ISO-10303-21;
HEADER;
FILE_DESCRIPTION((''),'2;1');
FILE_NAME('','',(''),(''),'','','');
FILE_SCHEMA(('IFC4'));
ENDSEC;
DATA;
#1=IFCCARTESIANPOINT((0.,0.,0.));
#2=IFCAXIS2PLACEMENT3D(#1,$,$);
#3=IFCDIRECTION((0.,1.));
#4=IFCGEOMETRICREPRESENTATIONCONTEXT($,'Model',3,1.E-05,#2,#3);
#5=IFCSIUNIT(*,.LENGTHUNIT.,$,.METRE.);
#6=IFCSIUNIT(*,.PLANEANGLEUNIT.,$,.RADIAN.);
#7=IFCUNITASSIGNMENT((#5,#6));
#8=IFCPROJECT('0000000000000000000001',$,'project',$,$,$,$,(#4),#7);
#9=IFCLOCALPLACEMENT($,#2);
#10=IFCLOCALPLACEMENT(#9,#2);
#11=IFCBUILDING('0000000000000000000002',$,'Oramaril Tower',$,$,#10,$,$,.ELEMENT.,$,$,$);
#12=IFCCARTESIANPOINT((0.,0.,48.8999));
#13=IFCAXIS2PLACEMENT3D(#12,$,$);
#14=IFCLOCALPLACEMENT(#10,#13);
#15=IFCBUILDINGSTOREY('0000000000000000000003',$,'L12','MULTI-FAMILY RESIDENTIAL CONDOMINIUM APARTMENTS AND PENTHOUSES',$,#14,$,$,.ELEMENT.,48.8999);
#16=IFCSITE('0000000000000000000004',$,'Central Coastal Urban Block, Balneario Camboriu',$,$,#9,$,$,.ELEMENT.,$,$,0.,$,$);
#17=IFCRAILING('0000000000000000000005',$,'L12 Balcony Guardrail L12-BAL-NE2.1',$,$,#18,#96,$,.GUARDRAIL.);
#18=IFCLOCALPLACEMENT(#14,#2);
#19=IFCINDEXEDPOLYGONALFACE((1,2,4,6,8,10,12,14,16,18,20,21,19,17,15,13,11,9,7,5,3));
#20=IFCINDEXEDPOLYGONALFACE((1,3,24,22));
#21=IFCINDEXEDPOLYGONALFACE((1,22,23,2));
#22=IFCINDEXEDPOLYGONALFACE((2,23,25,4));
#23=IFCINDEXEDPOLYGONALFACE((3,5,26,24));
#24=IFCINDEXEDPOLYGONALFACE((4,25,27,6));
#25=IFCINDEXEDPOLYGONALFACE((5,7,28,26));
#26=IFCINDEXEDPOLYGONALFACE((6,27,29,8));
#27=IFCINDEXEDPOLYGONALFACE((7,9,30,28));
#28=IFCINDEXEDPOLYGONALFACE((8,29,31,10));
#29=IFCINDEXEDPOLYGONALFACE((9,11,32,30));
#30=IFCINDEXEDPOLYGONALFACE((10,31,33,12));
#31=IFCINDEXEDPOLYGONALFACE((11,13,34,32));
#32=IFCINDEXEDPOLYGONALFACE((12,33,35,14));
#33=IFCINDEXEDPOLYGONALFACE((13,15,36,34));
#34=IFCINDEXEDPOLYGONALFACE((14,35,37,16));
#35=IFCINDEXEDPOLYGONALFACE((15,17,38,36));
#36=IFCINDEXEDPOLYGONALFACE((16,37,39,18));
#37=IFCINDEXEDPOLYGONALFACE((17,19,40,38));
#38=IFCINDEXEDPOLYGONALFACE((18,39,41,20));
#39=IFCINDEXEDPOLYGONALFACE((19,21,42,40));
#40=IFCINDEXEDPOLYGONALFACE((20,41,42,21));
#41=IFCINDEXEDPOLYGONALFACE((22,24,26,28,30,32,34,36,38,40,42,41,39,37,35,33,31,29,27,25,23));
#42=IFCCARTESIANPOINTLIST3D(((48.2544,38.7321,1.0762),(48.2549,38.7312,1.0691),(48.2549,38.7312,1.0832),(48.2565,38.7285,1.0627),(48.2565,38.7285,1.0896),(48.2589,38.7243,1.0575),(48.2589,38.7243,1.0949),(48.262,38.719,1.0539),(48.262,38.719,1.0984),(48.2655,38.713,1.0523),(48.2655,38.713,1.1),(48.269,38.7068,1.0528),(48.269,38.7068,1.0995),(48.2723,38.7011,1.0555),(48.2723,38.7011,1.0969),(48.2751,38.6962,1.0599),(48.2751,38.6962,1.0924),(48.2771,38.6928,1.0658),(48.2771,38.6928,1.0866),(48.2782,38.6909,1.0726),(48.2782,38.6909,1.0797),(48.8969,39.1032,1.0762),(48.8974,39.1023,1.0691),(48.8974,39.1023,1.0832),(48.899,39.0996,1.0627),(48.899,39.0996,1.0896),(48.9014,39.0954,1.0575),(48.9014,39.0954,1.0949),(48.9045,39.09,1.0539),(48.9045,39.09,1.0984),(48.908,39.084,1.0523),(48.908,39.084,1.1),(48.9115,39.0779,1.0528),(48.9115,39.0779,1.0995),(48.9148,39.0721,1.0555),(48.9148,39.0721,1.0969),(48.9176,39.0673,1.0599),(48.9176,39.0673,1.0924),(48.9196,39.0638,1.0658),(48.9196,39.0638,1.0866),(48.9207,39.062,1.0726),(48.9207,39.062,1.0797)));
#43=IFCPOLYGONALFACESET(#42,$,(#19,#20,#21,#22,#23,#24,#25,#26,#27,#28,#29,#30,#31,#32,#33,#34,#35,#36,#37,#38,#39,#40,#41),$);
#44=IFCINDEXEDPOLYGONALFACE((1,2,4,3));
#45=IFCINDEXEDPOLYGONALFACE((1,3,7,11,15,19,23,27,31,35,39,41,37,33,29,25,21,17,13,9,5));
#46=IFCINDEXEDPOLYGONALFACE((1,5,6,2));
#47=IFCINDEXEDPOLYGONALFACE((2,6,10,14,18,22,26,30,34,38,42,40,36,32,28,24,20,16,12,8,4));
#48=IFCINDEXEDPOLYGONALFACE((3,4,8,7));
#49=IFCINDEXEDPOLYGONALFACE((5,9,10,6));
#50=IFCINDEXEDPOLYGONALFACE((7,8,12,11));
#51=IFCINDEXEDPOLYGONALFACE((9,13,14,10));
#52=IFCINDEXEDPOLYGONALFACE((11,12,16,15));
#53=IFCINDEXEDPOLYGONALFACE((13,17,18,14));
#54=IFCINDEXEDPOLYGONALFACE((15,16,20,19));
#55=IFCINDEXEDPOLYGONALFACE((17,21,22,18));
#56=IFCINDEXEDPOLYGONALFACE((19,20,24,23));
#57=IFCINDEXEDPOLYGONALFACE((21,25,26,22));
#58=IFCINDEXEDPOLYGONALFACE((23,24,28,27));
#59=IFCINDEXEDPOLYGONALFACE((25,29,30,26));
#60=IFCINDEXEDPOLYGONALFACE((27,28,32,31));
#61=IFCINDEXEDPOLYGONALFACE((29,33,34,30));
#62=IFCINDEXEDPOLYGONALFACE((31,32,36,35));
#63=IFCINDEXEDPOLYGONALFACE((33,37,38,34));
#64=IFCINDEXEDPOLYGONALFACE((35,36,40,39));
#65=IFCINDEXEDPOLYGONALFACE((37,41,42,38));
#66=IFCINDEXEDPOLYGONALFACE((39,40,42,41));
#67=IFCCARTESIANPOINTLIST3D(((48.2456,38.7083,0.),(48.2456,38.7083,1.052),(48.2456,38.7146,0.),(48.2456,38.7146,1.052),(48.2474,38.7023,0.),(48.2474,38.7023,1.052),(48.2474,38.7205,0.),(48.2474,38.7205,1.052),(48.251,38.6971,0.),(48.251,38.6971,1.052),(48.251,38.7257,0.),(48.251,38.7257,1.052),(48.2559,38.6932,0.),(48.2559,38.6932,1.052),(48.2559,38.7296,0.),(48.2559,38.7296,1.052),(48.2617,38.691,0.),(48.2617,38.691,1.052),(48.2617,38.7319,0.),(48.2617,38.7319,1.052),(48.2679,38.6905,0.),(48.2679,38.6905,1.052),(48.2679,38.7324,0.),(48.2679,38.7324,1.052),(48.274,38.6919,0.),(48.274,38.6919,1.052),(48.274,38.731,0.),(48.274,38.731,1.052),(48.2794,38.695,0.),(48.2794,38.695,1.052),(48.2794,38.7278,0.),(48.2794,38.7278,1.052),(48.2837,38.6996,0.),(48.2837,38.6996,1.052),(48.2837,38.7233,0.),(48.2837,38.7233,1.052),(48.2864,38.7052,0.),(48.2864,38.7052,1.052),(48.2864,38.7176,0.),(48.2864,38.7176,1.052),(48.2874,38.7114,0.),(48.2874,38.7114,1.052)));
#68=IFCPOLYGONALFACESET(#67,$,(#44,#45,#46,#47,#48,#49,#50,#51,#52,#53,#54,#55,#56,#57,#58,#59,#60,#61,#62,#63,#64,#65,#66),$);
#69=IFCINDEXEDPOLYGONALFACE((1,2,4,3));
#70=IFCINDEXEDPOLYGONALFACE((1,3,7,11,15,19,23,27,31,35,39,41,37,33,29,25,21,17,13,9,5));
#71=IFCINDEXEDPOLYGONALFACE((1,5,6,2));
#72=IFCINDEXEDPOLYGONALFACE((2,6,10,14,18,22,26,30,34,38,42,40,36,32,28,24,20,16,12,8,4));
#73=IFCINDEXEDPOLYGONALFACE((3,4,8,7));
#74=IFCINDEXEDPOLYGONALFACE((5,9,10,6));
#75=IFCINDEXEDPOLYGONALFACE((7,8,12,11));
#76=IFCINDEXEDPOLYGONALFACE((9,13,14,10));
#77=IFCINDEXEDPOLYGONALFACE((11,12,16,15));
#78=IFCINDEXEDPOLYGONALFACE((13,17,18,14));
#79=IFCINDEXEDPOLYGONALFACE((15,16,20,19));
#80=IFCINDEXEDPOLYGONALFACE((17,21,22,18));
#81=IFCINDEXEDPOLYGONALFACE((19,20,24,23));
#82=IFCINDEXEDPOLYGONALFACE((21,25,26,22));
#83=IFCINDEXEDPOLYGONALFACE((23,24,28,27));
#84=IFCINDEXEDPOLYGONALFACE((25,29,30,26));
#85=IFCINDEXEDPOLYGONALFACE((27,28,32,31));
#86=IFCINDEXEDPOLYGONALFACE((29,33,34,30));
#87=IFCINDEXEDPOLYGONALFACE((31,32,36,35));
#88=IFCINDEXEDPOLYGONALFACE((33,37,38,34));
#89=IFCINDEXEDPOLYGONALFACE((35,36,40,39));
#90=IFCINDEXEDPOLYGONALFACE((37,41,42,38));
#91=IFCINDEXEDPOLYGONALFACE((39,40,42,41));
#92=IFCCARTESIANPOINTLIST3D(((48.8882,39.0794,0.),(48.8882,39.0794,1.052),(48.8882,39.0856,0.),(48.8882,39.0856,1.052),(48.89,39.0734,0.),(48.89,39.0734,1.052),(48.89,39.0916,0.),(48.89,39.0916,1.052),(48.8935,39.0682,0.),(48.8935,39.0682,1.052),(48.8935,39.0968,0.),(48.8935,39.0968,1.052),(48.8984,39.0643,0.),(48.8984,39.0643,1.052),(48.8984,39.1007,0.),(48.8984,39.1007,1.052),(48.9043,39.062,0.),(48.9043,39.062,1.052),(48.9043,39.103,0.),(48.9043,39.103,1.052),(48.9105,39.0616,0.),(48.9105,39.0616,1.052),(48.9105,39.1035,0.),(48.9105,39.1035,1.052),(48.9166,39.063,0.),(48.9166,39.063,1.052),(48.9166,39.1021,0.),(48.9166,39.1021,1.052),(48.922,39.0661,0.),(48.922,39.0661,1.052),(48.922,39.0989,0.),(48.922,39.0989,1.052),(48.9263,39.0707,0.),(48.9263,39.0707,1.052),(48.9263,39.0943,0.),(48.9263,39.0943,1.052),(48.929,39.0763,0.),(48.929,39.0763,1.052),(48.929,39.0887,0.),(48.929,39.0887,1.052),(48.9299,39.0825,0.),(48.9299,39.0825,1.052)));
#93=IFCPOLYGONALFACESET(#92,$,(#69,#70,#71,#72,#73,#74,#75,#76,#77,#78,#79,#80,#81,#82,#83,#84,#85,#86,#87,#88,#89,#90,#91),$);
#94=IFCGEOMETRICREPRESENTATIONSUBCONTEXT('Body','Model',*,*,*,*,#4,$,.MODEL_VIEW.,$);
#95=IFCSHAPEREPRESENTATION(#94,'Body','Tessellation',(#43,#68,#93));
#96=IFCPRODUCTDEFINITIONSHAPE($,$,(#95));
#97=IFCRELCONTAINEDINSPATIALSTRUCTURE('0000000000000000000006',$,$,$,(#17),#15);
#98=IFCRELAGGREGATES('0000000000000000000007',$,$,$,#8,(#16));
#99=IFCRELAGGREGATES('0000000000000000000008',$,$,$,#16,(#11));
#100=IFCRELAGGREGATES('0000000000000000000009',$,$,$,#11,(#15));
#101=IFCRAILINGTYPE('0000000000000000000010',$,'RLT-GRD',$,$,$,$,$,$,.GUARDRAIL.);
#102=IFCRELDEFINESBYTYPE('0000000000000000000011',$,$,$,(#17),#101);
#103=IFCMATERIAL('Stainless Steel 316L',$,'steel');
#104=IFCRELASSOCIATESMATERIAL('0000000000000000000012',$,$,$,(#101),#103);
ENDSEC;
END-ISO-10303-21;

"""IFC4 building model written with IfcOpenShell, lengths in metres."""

from ifc_helpers import new_model, si_unit, direction, frame, origin, origin_2d, place, context, subcontext, project, spatial, circle, extrude, material, type_object, element, save


model = new_model("IFC4")

# Units and contexts
model_context = context("Model", 3, precision=1e-05, world=origin(), true_north=direction((0.0, 1.0)))
body_context = subcontext(model_context, "Body", "Model", "MODEL_VIEW")
ifc_project = project(units=[si_unit("LENGTHUNIT", "METRE"), si_unit("PLANEANGLEUNIT", "RADIAN")], contexts=[model_context])

# Site, building, storey
site_placement = place(None, origin())
site = spatial("IfcSite", under=ifc_project, at=site_placement, Name="Central Coastal Urban Block, Balneario Camboriu", CompositionType="ELEMENT", RefElevation=0.0)
building_placement = place(site_placement, origin())
building = spatial("IfcBuilding", under=site, at=building_placement, Name="Oramaril Tower", CompositionType="ELEMENT")
storey_placement = place(building_placement, frame((0.0, 0.0, 48.8999)))
storey = spatial("IfcBuildingStorey", under=building, at=storey_placement, Name="L12", Description="MULTI-FAMILY RESIDENTIAL CONDOMINIUM APARTMENTS AND PENTHOUSES", CompositionType="ELEMENT", Elevation=48.8999)

# Railing
ifc_material_1 = material(Name="Stainless Steel 316L", Category="steel")
railing_type = type_object("IfcRailingType", Name="RLT-GRD", PredefinedType="GUARDRAIL", material=ifc_material_1)
railing_1_placement = place(storey_placement, frame((48.2664, 38.7114, 0.0)))
element("IfcRailing", 1, at=railing_1_placement, inside=storey, type_object=railing_type, Name="L12 Balcony Guardrail L12-BAL-NE2.1", PredefinedType="GUARDRAIL", context=body_context, shape_type="SweptSolid", body=[
    extrude(circle(Radius=0.0239, at=origin_2d()), frame((0.0, 0.0, 1.0762), z_axis=(0.865966, 0.500102, 0.0), x_axis=(-0.500102, 0.865966, 0.0)), (0.0, 0.0, 1.0), 0.7419),
    extrude(circle(Radius=0.021, at=origin_2d()), origin(), (0.0, 0.0, 1.0), 1.052),
    extrude(circle(Radius=0.021, at=origin_2d()), frame((0.6426, 0.3711, 0.0)), (0.0, 0.0, 1.0), 1.052),
])

save(model, "model.ifc")
